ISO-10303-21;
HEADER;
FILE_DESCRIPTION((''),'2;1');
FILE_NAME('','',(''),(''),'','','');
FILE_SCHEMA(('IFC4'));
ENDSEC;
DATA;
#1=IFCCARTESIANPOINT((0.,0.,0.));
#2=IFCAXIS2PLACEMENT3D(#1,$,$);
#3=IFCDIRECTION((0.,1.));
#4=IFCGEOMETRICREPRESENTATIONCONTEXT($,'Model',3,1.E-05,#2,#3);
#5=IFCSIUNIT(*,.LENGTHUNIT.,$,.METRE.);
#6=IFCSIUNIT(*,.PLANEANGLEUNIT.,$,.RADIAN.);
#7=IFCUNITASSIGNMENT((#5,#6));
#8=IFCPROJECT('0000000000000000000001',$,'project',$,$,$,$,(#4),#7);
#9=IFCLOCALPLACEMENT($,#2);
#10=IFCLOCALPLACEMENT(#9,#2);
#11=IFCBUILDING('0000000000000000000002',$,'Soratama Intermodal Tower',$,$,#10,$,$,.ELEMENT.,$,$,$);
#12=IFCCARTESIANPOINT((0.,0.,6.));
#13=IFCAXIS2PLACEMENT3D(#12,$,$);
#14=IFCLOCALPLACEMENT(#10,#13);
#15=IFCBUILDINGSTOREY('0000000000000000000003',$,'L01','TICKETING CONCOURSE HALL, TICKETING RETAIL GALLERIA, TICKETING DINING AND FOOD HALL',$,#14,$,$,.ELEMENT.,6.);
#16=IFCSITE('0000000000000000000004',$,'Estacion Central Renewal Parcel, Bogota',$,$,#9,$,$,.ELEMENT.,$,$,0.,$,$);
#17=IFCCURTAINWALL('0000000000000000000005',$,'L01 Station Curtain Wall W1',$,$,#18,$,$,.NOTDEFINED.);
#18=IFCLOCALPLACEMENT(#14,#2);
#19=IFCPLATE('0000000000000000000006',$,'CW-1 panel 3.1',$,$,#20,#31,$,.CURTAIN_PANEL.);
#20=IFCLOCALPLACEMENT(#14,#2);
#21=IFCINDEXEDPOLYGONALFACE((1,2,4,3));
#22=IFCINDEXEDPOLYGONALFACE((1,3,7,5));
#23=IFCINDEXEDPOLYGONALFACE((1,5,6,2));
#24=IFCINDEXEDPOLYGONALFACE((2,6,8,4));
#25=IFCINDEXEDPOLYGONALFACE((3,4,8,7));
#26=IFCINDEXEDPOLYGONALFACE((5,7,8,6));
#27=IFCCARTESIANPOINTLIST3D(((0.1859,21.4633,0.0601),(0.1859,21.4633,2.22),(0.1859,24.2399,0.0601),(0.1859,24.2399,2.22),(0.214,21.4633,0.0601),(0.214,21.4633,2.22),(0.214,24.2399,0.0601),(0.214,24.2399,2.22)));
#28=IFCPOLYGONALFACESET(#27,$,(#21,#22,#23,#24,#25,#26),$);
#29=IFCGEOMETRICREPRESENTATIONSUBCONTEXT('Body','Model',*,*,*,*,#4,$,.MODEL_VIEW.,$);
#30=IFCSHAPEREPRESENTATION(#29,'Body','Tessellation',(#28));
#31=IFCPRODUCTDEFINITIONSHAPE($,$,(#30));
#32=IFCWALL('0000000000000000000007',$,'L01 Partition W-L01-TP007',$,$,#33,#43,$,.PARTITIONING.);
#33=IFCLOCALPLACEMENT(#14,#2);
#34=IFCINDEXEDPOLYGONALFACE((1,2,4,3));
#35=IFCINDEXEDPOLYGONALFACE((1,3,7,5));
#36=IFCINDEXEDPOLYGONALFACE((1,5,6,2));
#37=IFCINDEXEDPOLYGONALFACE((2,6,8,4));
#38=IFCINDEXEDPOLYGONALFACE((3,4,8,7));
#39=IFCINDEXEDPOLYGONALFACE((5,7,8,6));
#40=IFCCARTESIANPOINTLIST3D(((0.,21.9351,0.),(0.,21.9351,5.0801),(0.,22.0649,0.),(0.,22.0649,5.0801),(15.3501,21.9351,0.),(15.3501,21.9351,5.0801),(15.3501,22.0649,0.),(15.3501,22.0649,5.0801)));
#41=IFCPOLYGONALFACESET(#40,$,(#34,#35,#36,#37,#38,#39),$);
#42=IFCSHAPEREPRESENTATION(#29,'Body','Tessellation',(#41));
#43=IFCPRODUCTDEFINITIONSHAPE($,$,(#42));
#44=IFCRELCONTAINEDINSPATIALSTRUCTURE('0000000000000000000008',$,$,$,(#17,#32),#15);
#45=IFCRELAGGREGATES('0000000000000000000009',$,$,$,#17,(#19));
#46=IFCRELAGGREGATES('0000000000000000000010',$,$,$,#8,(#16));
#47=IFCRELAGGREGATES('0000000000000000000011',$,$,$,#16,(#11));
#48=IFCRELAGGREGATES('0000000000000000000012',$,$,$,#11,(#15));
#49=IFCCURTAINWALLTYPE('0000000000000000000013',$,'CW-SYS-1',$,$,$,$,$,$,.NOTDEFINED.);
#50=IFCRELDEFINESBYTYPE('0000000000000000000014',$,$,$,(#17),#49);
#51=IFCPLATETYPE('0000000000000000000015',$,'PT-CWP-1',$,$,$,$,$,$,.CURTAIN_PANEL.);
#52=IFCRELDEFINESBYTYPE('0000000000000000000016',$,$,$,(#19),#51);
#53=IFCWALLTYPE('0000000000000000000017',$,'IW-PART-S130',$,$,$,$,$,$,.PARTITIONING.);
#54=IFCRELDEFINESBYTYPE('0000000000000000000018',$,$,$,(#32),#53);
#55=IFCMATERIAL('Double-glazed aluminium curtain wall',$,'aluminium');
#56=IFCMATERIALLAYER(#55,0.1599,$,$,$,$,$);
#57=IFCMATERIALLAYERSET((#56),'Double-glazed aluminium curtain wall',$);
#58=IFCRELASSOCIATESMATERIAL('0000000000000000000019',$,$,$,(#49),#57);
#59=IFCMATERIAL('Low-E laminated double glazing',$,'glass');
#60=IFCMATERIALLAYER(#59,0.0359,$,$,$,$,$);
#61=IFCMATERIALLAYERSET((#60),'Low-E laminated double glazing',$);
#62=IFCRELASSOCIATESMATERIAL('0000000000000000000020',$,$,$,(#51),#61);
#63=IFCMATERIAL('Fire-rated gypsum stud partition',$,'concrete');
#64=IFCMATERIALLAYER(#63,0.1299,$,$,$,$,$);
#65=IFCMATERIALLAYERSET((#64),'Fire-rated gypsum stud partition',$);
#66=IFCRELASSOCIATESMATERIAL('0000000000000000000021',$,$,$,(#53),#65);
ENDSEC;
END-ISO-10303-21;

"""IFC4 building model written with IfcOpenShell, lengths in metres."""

from ifc_helpers import new_model, si_unit, direction, frame, frame_2d, origin, origin_2d, place, context, subcontext, project, spatial, rectangle, extrude, material, layer, layer_set, type_object, element, aggregate, save


model = new_model("IFC4")

# Units and contexts
model_context = context("Model", 3, precision=1e-05, world=origin(), true_north=direction((0.0, 1.0)))
body_context = subcontext(model_context, "Body", "Model", "MODEL_VIEW")
ifc_project = project(units=[si_unit("LENGTHUNIT", "METRE"), si_unit("PLANEANGLEUNIT", "RADIAN")], contexts=[model_context])

# Site, building, storey
site_placement = place(None, origin())
site = spatial("IfcSite", under=ifc_project, at=site_placement, Name="Estacion Central Renewal Parcel, Bogota", CompositionType="ELEMENT", RefElevation=0.0)
building_placement = place(site_placement, origin())
building = spatial("IfcBuilding", under=site, at=building_placement, Name="Soratama Intermodal Tower", CompositionType="ELEMENT")
storey_placement = place(building_placement, frame((0.0, 0.0, 6.0)))
storey = spatial("IfcBuildingStorey", under=building, at=storey_placement, Name="L01", Description="TICKETING CONCOURSE HALL, TICKETING RETAIL GALLERIA, TICKETING DINING AND FOOD HALL", CompositionType="ELEMENT", Elevation=6.0)

# Curtain wall, plate
ifc_material_1 = material(Name="Double-glazed aluminium curtain wall", Category="aluminium")
ifc_layer_1 = layer(ifc_material_1, 0.1599)
ifc_layer_set_1 = layer_set([ifc_layer_1], Name="Double-glazed aluminium curtain wall")
curtain_wall_type = type_object("IfcCurtainWallType", Name="CW-SYS-1", PredefinedType="NOTDEFINED", material=ifc_layer_set_1)
curtain_wall_placement = place(storey_placement, origin())
curtain_wall = element("IfcCurtainWall", 1, at=curtain_wall_placement, inside=storey, type_object=curtain_wall_type, Name="L01 Station Curtain Wall W1", PredefinedType="NOTDEFINED")
ifc_material_2 = material(Name="Low-E laminated double glazing", Category="glass")
ifc_layer_2 = layer(ifc_material_2, 0.0359)
ifc_layer_set_2 = layer_set([ifc_layer_2], Name="Low-E laminated double glazing")
plate_type = type_object("IfcPlateType", Name="PT-CWP-1", PredefinedType="CURTAIN_PANEL", material=ifc_layer_set_2)
plate_1_placement = place(storey_placement, frame((0.2, 22.8516, 0.0601), z_axis=(0.0, 0.0, 1.0), x_axis=(0.0, 1.0, 0.0)))
plate_1 = element("IfcPlate", 2, at=plate_1_placement, type_object=plate_type, Name="CW-1 panel 3.1", PredefinedType="CURTAIN_PANEL", context=body_context, shape_type="SweptSolid", body=[
    extrude(rectangle(XDim=2.7766, YDim=0.0281, at=origin_2d()), origin(), (0.0, 0.0, 1.0), 2.1599),
])
aggregate(curtain_wall, [plate_1])

# Wall
ifc_material_3 = material(Name="Fire-rated gypsum stud partition", Category="concrete")
ifc_layer_3 = layer(ifc_material_3, 0.1299)
ifc_layer_set_3 = layer_set([ifc_layer_3], Name="Fire-rated gypsum stud partition")
wall_type = type_object("IfcWallType", Name="IW-PART-S130", PredefinedType="PARTITIONING", material=ifc_layer_set_3)
wall_placement = place(storey_placement, frame((0.0, 22.0, 0.0), z_axis=(0.0, 0.0, 1.0), x_axis=(1.0, 0.0, 0.0)))
element("IfcWall", 3, at=wall_placement, inside=storey, type_object=wall_type, Name="L01 Partition W-L01-TP007", PredefinedType="PARTITIONING", context=body_context, shape_type="SweptSolid", body=[
    extrude(rectangle(XDim=15.3501, YDim=0.1299, at=frame_2d((7.675, 0.0))), origin(), (0.0, 0.0, 1.0), 5.0801),
])

save(model, "model.ifc")
